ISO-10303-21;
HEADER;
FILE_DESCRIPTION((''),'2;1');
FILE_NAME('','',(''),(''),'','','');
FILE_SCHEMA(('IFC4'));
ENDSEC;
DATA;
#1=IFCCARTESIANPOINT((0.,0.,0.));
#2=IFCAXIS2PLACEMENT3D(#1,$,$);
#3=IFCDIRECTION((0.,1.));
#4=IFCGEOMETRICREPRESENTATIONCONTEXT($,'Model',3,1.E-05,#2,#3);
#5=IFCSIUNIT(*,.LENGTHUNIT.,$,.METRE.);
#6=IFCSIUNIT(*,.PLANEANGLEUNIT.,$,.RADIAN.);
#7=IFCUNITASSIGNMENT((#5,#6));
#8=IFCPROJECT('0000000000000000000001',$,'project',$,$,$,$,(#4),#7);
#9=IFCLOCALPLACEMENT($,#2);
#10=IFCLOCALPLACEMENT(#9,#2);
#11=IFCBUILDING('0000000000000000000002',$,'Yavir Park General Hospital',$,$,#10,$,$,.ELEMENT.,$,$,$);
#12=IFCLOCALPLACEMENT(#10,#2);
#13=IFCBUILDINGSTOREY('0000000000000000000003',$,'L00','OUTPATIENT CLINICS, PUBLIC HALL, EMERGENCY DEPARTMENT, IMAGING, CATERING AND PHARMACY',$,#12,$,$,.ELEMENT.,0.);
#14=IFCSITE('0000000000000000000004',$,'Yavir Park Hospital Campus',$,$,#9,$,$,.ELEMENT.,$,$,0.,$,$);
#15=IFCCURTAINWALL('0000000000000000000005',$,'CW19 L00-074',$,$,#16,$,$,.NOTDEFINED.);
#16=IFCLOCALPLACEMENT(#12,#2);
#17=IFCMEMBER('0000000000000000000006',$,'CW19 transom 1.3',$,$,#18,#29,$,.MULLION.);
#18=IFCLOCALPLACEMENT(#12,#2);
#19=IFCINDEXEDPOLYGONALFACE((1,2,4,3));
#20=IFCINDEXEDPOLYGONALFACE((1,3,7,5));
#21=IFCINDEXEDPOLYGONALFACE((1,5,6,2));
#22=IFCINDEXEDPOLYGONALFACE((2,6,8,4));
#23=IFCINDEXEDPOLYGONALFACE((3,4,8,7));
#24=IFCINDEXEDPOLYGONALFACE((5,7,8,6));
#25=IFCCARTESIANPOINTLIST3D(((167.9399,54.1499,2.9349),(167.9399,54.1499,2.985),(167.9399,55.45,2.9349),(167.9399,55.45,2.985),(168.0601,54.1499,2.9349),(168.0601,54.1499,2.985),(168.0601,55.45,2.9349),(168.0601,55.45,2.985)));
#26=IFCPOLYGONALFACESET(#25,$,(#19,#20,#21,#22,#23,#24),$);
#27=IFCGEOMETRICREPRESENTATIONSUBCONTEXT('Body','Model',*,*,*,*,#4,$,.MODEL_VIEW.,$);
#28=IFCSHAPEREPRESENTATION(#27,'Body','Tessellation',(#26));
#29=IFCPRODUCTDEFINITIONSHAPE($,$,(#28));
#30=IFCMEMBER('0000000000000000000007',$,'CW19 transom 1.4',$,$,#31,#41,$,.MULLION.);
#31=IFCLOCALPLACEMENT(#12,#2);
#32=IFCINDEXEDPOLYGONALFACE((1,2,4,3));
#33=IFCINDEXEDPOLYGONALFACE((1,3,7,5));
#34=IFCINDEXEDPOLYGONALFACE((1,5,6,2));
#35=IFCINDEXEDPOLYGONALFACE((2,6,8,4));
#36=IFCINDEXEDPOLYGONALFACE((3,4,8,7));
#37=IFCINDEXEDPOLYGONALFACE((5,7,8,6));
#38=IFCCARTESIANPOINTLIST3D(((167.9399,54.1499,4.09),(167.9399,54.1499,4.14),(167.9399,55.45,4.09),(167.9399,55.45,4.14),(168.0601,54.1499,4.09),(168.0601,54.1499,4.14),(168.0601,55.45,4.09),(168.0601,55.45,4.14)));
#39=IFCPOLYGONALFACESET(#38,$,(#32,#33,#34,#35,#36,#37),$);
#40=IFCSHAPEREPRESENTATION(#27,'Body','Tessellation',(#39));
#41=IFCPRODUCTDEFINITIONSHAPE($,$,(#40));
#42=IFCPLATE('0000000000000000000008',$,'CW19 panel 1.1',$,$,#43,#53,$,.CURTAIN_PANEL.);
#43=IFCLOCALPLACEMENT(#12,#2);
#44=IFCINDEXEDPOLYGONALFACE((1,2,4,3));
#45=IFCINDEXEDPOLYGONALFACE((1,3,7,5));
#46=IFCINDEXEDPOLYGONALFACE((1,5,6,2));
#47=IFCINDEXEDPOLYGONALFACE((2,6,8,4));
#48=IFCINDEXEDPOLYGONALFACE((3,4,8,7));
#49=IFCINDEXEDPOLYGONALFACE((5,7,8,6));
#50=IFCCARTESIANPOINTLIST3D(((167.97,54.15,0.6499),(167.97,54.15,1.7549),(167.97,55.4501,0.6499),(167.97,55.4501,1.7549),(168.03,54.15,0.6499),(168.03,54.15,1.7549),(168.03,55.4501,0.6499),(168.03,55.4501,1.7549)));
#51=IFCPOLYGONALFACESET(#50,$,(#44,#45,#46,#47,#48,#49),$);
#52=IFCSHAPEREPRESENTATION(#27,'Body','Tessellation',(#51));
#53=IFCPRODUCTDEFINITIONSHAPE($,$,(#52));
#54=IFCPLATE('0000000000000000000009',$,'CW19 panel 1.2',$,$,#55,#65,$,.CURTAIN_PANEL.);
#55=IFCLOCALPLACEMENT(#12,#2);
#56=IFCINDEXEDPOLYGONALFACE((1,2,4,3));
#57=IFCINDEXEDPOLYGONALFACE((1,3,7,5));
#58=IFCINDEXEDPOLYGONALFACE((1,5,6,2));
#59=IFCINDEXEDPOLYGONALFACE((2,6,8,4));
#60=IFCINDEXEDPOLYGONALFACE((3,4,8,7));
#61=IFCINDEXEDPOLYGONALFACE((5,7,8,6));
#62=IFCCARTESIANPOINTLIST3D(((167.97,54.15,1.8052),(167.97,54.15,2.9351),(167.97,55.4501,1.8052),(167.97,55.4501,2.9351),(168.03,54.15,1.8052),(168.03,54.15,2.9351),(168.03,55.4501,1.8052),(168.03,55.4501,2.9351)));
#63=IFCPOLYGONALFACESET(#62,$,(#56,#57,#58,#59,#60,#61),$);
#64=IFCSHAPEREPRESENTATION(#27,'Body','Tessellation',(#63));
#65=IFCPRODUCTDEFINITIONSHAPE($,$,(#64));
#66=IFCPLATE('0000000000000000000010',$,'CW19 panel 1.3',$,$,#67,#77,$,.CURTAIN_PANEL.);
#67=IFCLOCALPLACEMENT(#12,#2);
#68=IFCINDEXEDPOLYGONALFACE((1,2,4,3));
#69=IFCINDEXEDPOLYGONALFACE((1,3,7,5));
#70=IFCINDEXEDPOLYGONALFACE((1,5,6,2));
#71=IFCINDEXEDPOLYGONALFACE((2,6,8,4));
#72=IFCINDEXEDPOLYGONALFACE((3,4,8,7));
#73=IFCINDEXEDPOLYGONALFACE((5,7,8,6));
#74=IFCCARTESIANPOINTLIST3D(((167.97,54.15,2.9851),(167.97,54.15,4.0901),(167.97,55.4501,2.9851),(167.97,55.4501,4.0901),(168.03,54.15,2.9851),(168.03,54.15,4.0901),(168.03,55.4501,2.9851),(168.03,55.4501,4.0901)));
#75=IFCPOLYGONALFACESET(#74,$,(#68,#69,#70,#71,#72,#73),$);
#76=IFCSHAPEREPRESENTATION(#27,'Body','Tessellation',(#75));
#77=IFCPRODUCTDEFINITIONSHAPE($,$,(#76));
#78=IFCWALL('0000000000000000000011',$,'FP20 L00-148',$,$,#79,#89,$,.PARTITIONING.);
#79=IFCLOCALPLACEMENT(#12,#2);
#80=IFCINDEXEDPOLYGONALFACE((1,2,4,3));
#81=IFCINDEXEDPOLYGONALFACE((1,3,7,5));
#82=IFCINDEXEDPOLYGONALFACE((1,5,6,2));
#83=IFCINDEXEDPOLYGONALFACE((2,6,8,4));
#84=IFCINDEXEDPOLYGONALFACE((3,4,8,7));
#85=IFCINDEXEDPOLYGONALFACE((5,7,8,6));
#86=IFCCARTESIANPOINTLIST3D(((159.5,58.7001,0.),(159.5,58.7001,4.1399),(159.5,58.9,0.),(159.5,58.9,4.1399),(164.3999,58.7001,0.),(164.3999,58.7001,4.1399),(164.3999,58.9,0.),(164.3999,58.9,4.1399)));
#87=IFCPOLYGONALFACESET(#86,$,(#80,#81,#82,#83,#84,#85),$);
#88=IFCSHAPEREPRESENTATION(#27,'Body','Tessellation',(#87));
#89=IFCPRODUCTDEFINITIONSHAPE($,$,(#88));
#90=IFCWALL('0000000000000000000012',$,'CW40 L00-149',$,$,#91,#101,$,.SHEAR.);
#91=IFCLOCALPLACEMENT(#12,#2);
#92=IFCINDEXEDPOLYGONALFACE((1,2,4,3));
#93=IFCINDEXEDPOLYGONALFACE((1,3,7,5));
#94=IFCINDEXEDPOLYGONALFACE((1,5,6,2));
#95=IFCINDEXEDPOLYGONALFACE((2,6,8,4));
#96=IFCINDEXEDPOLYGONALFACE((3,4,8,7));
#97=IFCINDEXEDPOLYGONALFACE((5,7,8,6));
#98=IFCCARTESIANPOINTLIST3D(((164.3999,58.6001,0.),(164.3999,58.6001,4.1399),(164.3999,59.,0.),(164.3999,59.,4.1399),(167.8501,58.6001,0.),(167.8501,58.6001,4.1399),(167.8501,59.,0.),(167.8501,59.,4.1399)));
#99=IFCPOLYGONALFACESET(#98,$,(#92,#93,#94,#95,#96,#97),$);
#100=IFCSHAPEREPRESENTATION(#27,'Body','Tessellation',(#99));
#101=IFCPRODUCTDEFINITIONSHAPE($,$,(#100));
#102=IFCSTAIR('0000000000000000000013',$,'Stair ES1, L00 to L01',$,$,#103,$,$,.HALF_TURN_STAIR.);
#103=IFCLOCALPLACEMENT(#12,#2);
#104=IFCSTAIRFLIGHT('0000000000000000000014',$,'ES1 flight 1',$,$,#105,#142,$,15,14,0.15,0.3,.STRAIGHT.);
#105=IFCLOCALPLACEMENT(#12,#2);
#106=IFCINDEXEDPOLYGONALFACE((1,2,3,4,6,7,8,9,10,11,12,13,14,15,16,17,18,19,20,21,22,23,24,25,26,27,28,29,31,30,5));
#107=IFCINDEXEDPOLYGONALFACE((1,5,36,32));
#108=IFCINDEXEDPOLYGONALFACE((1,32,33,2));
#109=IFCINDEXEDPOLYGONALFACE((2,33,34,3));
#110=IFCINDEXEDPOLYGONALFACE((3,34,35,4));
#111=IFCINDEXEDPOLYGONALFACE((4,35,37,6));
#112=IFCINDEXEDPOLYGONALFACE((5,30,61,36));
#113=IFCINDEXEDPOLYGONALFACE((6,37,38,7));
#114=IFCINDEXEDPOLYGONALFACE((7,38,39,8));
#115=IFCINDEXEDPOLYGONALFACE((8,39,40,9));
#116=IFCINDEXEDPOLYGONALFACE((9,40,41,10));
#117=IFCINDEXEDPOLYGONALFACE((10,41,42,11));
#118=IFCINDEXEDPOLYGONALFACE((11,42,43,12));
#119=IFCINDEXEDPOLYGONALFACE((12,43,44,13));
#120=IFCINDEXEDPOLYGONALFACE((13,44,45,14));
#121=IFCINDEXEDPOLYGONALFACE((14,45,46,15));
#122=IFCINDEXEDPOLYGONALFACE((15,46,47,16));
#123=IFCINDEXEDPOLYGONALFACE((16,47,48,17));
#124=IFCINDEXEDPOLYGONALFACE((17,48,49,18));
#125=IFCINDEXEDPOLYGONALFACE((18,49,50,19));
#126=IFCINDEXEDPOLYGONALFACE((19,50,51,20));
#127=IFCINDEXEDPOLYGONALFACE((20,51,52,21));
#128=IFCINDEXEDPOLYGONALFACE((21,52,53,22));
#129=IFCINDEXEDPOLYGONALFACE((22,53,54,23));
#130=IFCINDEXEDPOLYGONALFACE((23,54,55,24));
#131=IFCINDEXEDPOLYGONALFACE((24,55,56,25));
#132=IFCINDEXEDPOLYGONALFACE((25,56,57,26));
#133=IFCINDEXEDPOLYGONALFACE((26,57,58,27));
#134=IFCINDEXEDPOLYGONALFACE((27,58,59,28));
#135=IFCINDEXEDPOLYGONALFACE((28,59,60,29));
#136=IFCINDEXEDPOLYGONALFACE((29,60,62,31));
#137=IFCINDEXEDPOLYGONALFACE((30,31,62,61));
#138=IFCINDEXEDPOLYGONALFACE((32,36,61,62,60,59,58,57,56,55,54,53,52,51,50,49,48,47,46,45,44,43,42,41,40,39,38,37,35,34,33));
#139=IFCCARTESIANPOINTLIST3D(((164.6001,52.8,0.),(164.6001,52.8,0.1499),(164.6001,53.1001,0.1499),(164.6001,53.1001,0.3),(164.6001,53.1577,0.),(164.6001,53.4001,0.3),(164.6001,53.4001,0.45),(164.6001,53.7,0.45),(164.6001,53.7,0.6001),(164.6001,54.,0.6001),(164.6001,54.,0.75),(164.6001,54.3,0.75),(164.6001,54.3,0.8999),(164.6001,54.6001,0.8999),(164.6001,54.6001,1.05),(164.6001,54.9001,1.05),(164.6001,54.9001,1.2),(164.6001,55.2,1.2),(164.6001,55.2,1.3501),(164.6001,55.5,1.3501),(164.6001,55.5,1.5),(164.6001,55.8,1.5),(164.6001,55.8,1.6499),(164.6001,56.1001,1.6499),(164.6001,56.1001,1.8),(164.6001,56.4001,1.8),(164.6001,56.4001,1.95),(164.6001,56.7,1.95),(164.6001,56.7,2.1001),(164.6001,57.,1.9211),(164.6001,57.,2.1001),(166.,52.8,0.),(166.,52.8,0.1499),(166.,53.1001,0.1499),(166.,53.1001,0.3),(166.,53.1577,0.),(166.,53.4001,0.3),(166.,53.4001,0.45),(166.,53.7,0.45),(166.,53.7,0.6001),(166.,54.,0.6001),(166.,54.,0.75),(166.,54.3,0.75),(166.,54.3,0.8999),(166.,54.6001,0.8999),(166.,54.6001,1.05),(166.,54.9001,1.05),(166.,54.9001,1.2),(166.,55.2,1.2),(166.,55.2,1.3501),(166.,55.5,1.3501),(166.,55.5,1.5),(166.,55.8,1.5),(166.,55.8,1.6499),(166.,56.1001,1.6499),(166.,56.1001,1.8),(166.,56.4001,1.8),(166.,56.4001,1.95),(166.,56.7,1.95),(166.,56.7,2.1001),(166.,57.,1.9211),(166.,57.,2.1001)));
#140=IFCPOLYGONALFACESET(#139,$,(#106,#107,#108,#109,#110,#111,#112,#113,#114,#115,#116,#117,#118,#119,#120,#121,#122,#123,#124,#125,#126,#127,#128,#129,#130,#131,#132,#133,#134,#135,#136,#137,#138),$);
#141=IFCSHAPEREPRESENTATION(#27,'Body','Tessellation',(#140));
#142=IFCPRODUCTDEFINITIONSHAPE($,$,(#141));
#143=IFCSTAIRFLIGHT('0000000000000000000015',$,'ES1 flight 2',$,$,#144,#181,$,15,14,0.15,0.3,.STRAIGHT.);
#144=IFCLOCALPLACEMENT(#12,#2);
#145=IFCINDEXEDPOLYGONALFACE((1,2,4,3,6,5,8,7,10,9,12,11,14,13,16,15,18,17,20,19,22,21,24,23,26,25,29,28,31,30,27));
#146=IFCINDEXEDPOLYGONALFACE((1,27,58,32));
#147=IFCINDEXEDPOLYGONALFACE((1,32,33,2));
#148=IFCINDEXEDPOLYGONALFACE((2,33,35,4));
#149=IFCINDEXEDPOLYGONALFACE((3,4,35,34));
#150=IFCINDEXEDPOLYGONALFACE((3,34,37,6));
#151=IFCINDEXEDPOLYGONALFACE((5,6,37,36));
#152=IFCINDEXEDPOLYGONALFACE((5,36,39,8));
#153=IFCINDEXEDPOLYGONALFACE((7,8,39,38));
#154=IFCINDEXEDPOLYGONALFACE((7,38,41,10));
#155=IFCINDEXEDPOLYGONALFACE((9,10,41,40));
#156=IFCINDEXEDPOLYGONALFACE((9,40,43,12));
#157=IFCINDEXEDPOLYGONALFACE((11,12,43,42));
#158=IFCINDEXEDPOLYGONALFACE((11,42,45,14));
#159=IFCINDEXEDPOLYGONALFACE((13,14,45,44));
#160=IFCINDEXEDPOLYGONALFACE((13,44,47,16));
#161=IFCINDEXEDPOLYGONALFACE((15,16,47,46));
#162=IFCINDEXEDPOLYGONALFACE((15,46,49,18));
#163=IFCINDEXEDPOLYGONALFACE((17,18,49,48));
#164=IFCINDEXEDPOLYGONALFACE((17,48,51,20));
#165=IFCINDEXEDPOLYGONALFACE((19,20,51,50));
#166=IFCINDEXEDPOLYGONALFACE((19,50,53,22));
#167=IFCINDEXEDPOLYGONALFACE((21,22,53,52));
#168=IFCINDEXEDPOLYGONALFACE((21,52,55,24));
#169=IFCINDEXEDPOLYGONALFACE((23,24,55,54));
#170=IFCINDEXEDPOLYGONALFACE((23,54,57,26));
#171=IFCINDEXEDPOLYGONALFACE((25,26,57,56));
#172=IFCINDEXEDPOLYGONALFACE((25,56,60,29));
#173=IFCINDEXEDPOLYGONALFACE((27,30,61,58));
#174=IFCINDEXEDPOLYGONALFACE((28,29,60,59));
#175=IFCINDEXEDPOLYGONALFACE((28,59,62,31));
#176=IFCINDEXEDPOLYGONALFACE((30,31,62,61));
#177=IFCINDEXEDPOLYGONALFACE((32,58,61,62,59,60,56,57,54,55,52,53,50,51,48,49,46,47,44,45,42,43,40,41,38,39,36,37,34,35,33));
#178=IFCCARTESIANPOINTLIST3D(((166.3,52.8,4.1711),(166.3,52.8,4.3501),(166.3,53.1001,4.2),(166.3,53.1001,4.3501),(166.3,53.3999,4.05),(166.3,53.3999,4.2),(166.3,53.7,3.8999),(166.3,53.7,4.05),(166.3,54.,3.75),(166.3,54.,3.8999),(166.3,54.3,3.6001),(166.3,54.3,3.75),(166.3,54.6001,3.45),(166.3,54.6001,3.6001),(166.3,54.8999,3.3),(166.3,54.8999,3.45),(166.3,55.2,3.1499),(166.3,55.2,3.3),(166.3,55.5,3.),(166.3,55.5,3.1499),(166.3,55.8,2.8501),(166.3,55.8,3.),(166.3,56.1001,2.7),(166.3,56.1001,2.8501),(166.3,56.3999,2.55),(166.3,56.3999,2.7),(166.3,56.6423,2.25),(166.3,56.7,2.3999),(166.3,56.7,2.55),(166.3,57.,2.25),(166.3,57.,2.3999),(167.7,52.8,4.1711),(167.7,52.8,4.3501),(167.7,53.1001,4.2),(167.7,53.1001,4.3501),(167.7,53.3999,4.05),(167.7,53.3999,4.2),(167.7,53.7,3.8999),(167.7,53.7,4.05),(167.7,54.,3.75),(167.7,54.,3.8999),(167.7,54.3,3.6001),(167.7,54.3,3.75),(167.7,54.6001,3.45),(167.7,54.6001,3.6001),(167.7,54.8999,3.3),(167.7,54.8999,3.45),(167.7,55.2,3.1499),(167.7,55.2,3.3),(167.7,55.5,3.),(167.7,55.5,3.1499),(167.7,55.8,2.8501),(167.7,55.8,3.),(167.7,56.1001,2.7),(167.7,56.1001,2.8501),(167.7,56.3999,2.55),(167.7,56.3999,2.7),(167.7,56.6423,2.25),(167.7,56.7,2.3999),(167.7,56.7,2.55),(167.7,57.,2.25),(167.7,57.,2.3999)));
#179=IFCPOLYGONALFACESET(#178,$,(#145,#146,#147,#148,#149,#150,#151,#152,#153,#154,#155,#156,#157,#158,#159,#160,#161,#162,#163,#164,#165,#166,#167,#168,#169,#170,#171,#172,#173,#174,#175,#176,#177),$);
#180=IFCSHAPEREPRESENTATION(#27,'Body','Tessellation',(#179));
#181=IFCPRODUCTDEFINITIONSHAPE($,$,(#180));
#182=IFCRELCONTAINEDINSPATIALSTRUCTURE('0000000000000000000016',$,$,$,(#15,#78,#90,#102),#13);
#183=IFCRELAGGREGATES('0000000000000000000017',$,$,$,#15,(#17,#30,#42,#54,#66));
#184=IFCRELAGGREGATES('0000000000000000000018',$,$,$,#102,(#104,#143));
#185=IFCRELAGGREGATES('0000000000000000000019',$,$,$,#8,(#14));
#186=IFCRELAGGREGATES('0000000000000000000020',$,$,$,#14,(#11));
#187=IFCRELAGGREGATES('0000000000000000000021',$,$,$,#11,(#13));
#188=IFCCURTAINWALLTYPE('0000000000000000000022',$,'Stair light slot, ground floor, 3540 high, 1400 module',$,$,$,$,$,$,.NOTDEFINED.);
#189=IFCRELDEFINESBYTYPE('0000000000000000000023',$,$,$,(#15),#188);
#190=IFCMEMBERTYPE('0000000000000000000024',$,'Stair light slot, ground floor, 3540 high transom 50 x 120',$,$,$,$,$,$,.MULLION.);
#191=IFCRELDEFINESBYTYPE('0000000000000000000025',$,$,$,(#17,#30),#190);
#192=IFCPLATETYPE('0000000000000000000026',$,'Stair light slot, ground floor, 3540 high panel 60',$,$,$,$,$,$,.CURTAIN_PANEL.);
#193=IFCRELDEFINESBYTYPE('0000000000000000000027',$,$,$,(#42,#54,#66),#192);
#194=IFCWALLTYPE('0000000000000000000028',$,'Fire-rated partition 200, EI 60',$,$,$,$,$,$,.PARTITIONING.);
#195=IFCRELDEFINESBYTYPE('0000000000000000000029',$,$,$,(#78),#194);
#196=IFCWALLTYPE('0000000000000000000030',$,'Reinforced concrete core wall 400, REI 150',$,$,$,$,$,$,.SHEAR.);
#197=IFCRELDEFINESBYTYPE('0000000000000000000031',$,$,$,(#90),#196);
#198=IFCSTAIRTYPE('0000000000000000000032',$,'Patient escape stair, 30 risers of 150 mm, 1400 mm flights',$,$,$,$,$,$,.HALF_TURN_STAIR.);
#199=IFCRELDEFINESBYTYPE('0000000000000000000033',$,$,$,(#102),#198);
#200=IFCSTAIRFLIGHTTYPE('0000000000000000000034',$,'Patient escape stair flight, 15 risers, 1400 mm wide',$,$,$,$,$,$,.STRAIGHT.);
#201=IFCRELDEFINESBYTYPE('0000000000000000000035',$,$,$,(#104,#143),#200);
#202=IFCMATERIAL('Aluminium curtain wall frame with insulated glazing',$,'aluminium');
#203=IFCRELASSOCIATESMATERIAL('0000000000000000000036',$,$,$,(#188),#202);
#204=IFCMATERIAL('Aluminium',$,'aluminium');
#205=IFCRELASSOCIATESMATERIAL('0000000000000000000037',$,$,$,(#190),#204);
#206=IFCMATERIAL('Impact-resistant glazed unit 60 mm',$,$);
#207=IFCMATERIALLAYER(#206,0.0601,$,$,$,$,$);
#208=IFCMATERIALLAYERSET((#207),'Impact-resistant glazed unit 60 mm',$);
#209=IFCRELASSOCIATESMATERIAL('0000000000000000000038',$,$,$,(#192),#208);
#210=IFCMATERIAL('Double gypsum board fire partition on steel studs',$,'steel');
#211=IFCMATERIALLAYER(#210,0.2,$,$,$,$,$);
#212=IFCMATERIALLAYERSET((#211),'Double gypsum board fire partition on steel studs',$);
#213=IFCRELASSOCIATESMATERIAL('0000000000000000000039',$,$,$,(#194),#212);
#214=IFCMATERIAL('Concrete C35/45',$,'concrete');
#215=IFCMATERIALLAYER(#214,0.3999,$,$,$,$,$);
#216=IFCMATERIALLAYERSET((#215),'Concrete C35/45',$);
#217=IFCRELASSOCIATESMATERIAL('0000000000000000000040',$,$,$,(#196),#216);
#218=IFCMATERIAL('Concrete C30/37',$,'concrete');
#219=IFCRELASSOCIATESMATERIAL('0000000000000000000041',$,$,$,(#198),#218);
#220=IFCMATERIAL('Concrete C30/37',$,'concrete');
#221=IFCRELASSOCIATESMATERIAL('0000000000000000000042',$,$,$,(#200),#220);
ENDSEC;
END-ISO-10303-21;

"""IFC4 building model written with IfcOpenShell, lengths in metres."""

from ifc_helpers import new_model, si_unit, direction, frame, frame_2d, origin, origin_2d, place, context, subcontext, project, spatial, polyline, rectangle, outline, extrude, material, layer, layer_set, material_profile, profile_set, type_object, element, aggregate, save


model = new_model("IFC4")

# Units and contexts
model_context = context("Model", 3, precision=1e-05, world=origin(), true_north=direction((0.0, 1.0)))
body_context = subcontext(model_context, "Body", "Model", "MODEL_VIEW")
ifc_project = project(units=[si_unit("LENGTHUNIT", "METRE"), si_unit("PLANEANGLEUNIT", "RADIAN")], contexts=[model_context])

# Site, building, storey
site_placement = place(None, origin())
site = spatial("IfcSite", under=ifc_project, at=site_placement, Name="Yavir Park Hospital Campus", CompositionType="ELEMENT", RefElevation=0.0)
building_placement = place(site_placement, origin())
building = spatial("IfcBuilding", under=site, at=building_placement, Name="Yavir Park General Hospital", CompositionType="ELEMENT")
storey_placement = place(building_placement, origin())
storey = spatial("IfcBuildingStorey", under=building, at=storey_placement, Name="L00", Description="OUTPATIENT CLINICS, PUBLIC HALL, EMERGENCY DEPARTMENT, IMAGING, CATERING AND PHARMACY", CompositionType="ELEMENT", Elevation=0.0)

# Curtain wall, members, plates
ifc_material_1 = material(Name="Aluminium curtain wall frame with insulated glazing", Category="aluminium")
curtain_wall_type = type_object("IfcCurtainWallType", Name="Stair light slot, ground floor, 3540 high, 1400 module", PredefinedType="NOTDEFINED", material=ifc_material_1)
curtain_wall_placement = place(storey_placement, origin())
curtain_wall = element("IfcCurtainWall", 1, at=curtain_wall_placement, inside=storey, type_object=curtain_wall_type, Name="CW19 L00-074", PredefinedType="NOTDEFINED")
ifc_material_2 = material(Name="Aluminium", Category="aluminium")
ifc_material_profile_1 = material_profile(ifc_material_2, rectangle(XDim=0.1201, YDim=0.05, at=origin_2d()), Name="AL 120x50")
ifc_profile_set_1 = profile_set([ifc_material_profile_1], Name="Aluminium")
member_type_1 = type_object("IfcMemberType", Name="Stair light slot, ground floor, 3540 high transom 50 x 120", PredefinedType="MULLION", material=ifc_profile_set_1)
member_1_placement = place(storey_placement, frame((168.0, 54.1499, 2.96), z_axis=(0.0, 1.0, 0.0), x_axis=(-1.0, 0.0, 0.0)))
member_1 = element("IfcMember", 2, at=member_1_placement, type_object=member_type_1, Name="CW19 transom 1.3", PredefinedType="MULLION", context=body_context, shape_type="SweptSolid", body=[
    extrude(rectangle(XDim=0.1201, YDim=0.05, at=origin_2d()), origin(), (0.0, 0.0, 1.0), 1.3),
])
member_2_placement = place(storey_placement, frame((168.0, 54.1499, 4.115), z_axis=(0.0, 1.0, 0.0), x_axis=(-1.0, 0.0, 0.0)))
member_2 = element("IfcMember", 3, at=member_2_placement, type_object=member_type_1, Name="CW19 transom 1.4", PredefinedType="MULLION", context=body_context, shape_type="SweptSolid", body=[
    extrude(rectangle(XDim=0.1201, YDim=0.05, at=origin_2d()), origin(), (0.0, 0.0, 1.0), 1.3),
])
ifc_material_3 = material(Name="Impact-resistant glazed unit 60 mm")
ifc_layer_1 = layer(ifc_material_3, 0.0601)
ifc_layer_set_1 = layer_set([ifc_layer_1], Name="Impact-resistant glazed unit 60 mm")
plate_type = type_object("IfcPlateType", Name="Stair light slot, ground floor, 3540 high panel 60", PredefinedType="CURTAIN_PANEL", material=ifc_layer_set_1)
plate_1_placement = place(storey_placement, frame((168.0, 54.8, 0.6499), z_axis=(0.0, 0.0, 1.0), x_axis=(0.0, 1.0, 0.0)))
plate_1 = element("IfcPlate", 4, at=plate_1_placement, type_object=plate_type, Name="CW19 panel 1.1", PredefinedType="CURTAIN_PANEL", context=body_context, shape_type="SweptSolid", body=[
    extrude(rectangle(XDim=1.3, YDim=0.0601, at=origin_2d()), origin(), (0.0, 0.0, 1.0), 1.105),
])
plate_2_placement = place(storey_placement, frame((168.0, 54.8, 1.8052), z_axis=(0.0, 0.0, 1.0), x_axis=(0.0, 1.0, 0.0)))
plate_2 = element("IfcPlate", 5, at=plate_2_placement, type_object=plate_type, Name="CW19 panel 1.2", PredefinedType="CURTAIN_PANEL", context=body_context, shape_type="SweptSolid", body=[
    extrude(rectangle(XDim=1.3, YDim=0.0601, at=origin_2d()), origin(), (0.0, 0.0, 1.0), 1.1299),
])
plate_3_placement = place(storey_placement, frame((168.0, 54.8, 2.9851), z_axis=(0.0, 0.0, 1.0), x_axis=(0.0, 1.0, 0.0)))
plate_3 = element("IfcPlate", 6, at=plate_3_placement, type_object=plate_type, Name="CW19 panel 1.3", PredefinedType="CURTAIN_PANEL", context=body_context, shape_type="SweptSolid", body=[
    extrude(rectangle(XDim=1.3, YDim=0.0601, at=origin_2d()), origin(), (0.0, 0.0, 1.0), 1.105),
])
aggregate(curtain_wall, [member_1, member_2, plate_1, plate_2, plate_3])

# Walls
ifc_material_4 = material(Name="Double gypsum board fire partition on steel studs", Category="steel")
ifc_layer_2 = layer(ifc_material_4, 0.2)
ifc_layer_set_2 = layer_set([ifc_layer_2], Name="Double gypsum board fire partition on steel studs")
wall_type_1 = type_object("IfcWallType", Name="Fire-rated partition 200, EI 60", PredefinedType="PARTITIONING", material=ifc_layer_set_2)
wall_1_placement = place(storey_placement, frame((159.5, 58.8, 0.0), z_axis=(0.0, 0.0, 1.0), x_axis=(1.0, 0.0, 0.0)))
element("IfcWall", 7, at=wall_1_placement, inside=storey, type_object=wall_type_1, Name="FP20 L00-148", PredefinedType="PARTITIONING", context=body_context, shape_type="SweptSolid", body=[
    extrude(rectangle(XDim=4.8999, YDim=0.2, at=frame_2d((2.45, 0.0))), origin(), (0.0, 0.0, 1.0), 4.1399),
])
ifc_material_5 = material(Name="Concrete C35/45", Category="concrete")
ifc_layer_3 = layer(ifc_material_5, 0.3999)
ifc_layer_set_3 = layer_set([ifc_layer_3], Name="Concrete C35/45")
wall_type_2 = type_object("IfcWallType", Name="Reinforced concrete core wall 400, REI 150", PredefinedType="SHEAR", material=ifc_layer_set_3)
wall_2_placement = place(storey_placement, frame((164.3999, 58.8, 0.0), z_axis=(0.0, 0.0, 1.0), x_axis=(1.0, 0.0, 0.0)))
element("IfcWall", 8, at=wall_2_placement, inside=storey, type_object=wall_type_2, Name="CW40 L00-149", PredefinedType="SHEAR", context=body_context, shape_type="SweptSolid", body=[
    extrude(rectangle(XDim=3.4502, YDim=0.3999, at=frame_2d((1.7251, 0.0))), origin(), (0.0, 0.0, 1.0), 4.1399),
])

# Stair, stair flights
ifc_material_6 = material(Name="Concrete C30/37", Category="concrete")
stair_type = type_object("IfcStairType", Name="Patient escape stair, 30 risers of 150 mm, 1400 mm flights", PredefinedType="HALF_TURN_STAIR", material=ifc_material_6)
stair_placement = place(storey_placement, origin())
stair = element("IfcStair", 9, at=stair_placement, inside=storey, type_object=stair_type, Name="Stair ES1, L00 to L01", PredefinedType="HALF_TURN_STAIR")
ifc_material_7 = material(Name="Concrete C30/37", Category="concrete")
stair_flight_type = type_object("IfcStairFlightType", Name="Patient escape stair flight, 15 risers, 1400 mm wide", PredefinedType="STRAIGHT", material=ifc_material_7)
stair_flight_1_placement = place(storey_placement, frame((165.3, 52.8, 0.0), z_axis=(0.0, 0.0, 1.0), x_axis=(0.0, 1.0, 0.0)))
stair_flight_1 = element("IfcStairFlight", 10, at=stair_flight_1_placement, type_object=stair_flight_type, Name="ES1 flight 1", NumberOfRisers=15, NumberOfTreads=14, PredefinedType="STRAIGHT", RiserHeight=0.15, TreadLength=0.3, context=body_context, shape_type="SweptSolid", body=[
    extrude(outline(polyline([(0.0, 0.0), (0.0, 0.1499), (0.3, 0.1499), (0.3, 0.3), (0.6001, 0.3), (0.6001, 0.45), (0.8999, 0.45), (0.8999, 0.6001), (1.2, 0.6001), (1.2, 0.75), (1.5, 0.75), (1.5, 0.8999), (1.8, 0.8999), (1.8, 1.05), (2.1001, 1.05), (2.1001, 1.2), (2.3999, 1.2), (2.3999, 1.3501), (2.7, 1.3501), (2.7, 1.5), (3.0, 1.5), (3.0, 1.6499), (3.3, 1.6499), (3.3, 1.8), (3.6001, 1.8), (3.6001, 1.95), (3.8999, 1.95), (3.8999, 2.1001), (4.2, 2.1001), (4.2, 2.25), (4.2, 1.9211), (0.3577, 0.0), (0.0, 0.0)])), frame((0.0, 0.7, 0.0), z_axis=(0.0, -1.0, 0.0), x_axis=(1.0, 0.0, 0.0)), (0.0, 0.0, 1.0), 1.3999),
])
stair_flight_2_placement = place(storey_placement, frame((167.0, 57.0, 2.25), z_axis=(0.0, 0.0, 1.0), x_axis=(0.0, -1.0, 0.0)))
stair_flight_2 = element("IfcStairFlight", 11, at=stair_flight_2_placement, type_object=stair_flight_type, Name="ES1 flight 2", NumberOfRisers=15, NumberOfTreads=14, PredefinedType="STRAIGHT", RiserHeight=0.15, TreadLength=0.3, context=body_context, shape_type="SweptSolid", body=[
    extrude(outline(polyline([(0.0, 0.0), (0.0, 0.1499), (0.3, 0.1499), (0.3, 0.3), (0.6001, 0.3), (0.6001, 0.45), (0.8999, 0.45), (0.8999, 0.6001), (1.2, 0.6001), (1.2, 0.75), (1.5, 0.75), (1.5, 0.8999), (1.8, 0.8999), (1.8, 1.05), (2.1001, 1.05), (2.1001, 1.2), (2.3999, 1.2), (2.3999, 1.3501), (2.7, 1.3501), (2.7, 1.5), (3.0, 1.5), (3.0, 1.6499), (3.3, 1.6499), (3.3, 1.8), (3.6001, 1.8), (3.6001, 1.95), (3.8999, 1.95), (3.8999, 2.1001), (4.2, 2.1001), (4.2, 2.25), (4.2, 1.9211), (0.3577, 0.0), (0.0, 0.0)])), frame((0.0, 0.7, 0.0), z_axis=(0.0, -1.0, 0.0), x_axis=(1.0, 0.0, 0.0)), (0.0, 0.0, 1.0), 1.3999),
])
aggregate(stair, [stair_flight_1, stair_flight_2])

save(model, "model.ifc")
